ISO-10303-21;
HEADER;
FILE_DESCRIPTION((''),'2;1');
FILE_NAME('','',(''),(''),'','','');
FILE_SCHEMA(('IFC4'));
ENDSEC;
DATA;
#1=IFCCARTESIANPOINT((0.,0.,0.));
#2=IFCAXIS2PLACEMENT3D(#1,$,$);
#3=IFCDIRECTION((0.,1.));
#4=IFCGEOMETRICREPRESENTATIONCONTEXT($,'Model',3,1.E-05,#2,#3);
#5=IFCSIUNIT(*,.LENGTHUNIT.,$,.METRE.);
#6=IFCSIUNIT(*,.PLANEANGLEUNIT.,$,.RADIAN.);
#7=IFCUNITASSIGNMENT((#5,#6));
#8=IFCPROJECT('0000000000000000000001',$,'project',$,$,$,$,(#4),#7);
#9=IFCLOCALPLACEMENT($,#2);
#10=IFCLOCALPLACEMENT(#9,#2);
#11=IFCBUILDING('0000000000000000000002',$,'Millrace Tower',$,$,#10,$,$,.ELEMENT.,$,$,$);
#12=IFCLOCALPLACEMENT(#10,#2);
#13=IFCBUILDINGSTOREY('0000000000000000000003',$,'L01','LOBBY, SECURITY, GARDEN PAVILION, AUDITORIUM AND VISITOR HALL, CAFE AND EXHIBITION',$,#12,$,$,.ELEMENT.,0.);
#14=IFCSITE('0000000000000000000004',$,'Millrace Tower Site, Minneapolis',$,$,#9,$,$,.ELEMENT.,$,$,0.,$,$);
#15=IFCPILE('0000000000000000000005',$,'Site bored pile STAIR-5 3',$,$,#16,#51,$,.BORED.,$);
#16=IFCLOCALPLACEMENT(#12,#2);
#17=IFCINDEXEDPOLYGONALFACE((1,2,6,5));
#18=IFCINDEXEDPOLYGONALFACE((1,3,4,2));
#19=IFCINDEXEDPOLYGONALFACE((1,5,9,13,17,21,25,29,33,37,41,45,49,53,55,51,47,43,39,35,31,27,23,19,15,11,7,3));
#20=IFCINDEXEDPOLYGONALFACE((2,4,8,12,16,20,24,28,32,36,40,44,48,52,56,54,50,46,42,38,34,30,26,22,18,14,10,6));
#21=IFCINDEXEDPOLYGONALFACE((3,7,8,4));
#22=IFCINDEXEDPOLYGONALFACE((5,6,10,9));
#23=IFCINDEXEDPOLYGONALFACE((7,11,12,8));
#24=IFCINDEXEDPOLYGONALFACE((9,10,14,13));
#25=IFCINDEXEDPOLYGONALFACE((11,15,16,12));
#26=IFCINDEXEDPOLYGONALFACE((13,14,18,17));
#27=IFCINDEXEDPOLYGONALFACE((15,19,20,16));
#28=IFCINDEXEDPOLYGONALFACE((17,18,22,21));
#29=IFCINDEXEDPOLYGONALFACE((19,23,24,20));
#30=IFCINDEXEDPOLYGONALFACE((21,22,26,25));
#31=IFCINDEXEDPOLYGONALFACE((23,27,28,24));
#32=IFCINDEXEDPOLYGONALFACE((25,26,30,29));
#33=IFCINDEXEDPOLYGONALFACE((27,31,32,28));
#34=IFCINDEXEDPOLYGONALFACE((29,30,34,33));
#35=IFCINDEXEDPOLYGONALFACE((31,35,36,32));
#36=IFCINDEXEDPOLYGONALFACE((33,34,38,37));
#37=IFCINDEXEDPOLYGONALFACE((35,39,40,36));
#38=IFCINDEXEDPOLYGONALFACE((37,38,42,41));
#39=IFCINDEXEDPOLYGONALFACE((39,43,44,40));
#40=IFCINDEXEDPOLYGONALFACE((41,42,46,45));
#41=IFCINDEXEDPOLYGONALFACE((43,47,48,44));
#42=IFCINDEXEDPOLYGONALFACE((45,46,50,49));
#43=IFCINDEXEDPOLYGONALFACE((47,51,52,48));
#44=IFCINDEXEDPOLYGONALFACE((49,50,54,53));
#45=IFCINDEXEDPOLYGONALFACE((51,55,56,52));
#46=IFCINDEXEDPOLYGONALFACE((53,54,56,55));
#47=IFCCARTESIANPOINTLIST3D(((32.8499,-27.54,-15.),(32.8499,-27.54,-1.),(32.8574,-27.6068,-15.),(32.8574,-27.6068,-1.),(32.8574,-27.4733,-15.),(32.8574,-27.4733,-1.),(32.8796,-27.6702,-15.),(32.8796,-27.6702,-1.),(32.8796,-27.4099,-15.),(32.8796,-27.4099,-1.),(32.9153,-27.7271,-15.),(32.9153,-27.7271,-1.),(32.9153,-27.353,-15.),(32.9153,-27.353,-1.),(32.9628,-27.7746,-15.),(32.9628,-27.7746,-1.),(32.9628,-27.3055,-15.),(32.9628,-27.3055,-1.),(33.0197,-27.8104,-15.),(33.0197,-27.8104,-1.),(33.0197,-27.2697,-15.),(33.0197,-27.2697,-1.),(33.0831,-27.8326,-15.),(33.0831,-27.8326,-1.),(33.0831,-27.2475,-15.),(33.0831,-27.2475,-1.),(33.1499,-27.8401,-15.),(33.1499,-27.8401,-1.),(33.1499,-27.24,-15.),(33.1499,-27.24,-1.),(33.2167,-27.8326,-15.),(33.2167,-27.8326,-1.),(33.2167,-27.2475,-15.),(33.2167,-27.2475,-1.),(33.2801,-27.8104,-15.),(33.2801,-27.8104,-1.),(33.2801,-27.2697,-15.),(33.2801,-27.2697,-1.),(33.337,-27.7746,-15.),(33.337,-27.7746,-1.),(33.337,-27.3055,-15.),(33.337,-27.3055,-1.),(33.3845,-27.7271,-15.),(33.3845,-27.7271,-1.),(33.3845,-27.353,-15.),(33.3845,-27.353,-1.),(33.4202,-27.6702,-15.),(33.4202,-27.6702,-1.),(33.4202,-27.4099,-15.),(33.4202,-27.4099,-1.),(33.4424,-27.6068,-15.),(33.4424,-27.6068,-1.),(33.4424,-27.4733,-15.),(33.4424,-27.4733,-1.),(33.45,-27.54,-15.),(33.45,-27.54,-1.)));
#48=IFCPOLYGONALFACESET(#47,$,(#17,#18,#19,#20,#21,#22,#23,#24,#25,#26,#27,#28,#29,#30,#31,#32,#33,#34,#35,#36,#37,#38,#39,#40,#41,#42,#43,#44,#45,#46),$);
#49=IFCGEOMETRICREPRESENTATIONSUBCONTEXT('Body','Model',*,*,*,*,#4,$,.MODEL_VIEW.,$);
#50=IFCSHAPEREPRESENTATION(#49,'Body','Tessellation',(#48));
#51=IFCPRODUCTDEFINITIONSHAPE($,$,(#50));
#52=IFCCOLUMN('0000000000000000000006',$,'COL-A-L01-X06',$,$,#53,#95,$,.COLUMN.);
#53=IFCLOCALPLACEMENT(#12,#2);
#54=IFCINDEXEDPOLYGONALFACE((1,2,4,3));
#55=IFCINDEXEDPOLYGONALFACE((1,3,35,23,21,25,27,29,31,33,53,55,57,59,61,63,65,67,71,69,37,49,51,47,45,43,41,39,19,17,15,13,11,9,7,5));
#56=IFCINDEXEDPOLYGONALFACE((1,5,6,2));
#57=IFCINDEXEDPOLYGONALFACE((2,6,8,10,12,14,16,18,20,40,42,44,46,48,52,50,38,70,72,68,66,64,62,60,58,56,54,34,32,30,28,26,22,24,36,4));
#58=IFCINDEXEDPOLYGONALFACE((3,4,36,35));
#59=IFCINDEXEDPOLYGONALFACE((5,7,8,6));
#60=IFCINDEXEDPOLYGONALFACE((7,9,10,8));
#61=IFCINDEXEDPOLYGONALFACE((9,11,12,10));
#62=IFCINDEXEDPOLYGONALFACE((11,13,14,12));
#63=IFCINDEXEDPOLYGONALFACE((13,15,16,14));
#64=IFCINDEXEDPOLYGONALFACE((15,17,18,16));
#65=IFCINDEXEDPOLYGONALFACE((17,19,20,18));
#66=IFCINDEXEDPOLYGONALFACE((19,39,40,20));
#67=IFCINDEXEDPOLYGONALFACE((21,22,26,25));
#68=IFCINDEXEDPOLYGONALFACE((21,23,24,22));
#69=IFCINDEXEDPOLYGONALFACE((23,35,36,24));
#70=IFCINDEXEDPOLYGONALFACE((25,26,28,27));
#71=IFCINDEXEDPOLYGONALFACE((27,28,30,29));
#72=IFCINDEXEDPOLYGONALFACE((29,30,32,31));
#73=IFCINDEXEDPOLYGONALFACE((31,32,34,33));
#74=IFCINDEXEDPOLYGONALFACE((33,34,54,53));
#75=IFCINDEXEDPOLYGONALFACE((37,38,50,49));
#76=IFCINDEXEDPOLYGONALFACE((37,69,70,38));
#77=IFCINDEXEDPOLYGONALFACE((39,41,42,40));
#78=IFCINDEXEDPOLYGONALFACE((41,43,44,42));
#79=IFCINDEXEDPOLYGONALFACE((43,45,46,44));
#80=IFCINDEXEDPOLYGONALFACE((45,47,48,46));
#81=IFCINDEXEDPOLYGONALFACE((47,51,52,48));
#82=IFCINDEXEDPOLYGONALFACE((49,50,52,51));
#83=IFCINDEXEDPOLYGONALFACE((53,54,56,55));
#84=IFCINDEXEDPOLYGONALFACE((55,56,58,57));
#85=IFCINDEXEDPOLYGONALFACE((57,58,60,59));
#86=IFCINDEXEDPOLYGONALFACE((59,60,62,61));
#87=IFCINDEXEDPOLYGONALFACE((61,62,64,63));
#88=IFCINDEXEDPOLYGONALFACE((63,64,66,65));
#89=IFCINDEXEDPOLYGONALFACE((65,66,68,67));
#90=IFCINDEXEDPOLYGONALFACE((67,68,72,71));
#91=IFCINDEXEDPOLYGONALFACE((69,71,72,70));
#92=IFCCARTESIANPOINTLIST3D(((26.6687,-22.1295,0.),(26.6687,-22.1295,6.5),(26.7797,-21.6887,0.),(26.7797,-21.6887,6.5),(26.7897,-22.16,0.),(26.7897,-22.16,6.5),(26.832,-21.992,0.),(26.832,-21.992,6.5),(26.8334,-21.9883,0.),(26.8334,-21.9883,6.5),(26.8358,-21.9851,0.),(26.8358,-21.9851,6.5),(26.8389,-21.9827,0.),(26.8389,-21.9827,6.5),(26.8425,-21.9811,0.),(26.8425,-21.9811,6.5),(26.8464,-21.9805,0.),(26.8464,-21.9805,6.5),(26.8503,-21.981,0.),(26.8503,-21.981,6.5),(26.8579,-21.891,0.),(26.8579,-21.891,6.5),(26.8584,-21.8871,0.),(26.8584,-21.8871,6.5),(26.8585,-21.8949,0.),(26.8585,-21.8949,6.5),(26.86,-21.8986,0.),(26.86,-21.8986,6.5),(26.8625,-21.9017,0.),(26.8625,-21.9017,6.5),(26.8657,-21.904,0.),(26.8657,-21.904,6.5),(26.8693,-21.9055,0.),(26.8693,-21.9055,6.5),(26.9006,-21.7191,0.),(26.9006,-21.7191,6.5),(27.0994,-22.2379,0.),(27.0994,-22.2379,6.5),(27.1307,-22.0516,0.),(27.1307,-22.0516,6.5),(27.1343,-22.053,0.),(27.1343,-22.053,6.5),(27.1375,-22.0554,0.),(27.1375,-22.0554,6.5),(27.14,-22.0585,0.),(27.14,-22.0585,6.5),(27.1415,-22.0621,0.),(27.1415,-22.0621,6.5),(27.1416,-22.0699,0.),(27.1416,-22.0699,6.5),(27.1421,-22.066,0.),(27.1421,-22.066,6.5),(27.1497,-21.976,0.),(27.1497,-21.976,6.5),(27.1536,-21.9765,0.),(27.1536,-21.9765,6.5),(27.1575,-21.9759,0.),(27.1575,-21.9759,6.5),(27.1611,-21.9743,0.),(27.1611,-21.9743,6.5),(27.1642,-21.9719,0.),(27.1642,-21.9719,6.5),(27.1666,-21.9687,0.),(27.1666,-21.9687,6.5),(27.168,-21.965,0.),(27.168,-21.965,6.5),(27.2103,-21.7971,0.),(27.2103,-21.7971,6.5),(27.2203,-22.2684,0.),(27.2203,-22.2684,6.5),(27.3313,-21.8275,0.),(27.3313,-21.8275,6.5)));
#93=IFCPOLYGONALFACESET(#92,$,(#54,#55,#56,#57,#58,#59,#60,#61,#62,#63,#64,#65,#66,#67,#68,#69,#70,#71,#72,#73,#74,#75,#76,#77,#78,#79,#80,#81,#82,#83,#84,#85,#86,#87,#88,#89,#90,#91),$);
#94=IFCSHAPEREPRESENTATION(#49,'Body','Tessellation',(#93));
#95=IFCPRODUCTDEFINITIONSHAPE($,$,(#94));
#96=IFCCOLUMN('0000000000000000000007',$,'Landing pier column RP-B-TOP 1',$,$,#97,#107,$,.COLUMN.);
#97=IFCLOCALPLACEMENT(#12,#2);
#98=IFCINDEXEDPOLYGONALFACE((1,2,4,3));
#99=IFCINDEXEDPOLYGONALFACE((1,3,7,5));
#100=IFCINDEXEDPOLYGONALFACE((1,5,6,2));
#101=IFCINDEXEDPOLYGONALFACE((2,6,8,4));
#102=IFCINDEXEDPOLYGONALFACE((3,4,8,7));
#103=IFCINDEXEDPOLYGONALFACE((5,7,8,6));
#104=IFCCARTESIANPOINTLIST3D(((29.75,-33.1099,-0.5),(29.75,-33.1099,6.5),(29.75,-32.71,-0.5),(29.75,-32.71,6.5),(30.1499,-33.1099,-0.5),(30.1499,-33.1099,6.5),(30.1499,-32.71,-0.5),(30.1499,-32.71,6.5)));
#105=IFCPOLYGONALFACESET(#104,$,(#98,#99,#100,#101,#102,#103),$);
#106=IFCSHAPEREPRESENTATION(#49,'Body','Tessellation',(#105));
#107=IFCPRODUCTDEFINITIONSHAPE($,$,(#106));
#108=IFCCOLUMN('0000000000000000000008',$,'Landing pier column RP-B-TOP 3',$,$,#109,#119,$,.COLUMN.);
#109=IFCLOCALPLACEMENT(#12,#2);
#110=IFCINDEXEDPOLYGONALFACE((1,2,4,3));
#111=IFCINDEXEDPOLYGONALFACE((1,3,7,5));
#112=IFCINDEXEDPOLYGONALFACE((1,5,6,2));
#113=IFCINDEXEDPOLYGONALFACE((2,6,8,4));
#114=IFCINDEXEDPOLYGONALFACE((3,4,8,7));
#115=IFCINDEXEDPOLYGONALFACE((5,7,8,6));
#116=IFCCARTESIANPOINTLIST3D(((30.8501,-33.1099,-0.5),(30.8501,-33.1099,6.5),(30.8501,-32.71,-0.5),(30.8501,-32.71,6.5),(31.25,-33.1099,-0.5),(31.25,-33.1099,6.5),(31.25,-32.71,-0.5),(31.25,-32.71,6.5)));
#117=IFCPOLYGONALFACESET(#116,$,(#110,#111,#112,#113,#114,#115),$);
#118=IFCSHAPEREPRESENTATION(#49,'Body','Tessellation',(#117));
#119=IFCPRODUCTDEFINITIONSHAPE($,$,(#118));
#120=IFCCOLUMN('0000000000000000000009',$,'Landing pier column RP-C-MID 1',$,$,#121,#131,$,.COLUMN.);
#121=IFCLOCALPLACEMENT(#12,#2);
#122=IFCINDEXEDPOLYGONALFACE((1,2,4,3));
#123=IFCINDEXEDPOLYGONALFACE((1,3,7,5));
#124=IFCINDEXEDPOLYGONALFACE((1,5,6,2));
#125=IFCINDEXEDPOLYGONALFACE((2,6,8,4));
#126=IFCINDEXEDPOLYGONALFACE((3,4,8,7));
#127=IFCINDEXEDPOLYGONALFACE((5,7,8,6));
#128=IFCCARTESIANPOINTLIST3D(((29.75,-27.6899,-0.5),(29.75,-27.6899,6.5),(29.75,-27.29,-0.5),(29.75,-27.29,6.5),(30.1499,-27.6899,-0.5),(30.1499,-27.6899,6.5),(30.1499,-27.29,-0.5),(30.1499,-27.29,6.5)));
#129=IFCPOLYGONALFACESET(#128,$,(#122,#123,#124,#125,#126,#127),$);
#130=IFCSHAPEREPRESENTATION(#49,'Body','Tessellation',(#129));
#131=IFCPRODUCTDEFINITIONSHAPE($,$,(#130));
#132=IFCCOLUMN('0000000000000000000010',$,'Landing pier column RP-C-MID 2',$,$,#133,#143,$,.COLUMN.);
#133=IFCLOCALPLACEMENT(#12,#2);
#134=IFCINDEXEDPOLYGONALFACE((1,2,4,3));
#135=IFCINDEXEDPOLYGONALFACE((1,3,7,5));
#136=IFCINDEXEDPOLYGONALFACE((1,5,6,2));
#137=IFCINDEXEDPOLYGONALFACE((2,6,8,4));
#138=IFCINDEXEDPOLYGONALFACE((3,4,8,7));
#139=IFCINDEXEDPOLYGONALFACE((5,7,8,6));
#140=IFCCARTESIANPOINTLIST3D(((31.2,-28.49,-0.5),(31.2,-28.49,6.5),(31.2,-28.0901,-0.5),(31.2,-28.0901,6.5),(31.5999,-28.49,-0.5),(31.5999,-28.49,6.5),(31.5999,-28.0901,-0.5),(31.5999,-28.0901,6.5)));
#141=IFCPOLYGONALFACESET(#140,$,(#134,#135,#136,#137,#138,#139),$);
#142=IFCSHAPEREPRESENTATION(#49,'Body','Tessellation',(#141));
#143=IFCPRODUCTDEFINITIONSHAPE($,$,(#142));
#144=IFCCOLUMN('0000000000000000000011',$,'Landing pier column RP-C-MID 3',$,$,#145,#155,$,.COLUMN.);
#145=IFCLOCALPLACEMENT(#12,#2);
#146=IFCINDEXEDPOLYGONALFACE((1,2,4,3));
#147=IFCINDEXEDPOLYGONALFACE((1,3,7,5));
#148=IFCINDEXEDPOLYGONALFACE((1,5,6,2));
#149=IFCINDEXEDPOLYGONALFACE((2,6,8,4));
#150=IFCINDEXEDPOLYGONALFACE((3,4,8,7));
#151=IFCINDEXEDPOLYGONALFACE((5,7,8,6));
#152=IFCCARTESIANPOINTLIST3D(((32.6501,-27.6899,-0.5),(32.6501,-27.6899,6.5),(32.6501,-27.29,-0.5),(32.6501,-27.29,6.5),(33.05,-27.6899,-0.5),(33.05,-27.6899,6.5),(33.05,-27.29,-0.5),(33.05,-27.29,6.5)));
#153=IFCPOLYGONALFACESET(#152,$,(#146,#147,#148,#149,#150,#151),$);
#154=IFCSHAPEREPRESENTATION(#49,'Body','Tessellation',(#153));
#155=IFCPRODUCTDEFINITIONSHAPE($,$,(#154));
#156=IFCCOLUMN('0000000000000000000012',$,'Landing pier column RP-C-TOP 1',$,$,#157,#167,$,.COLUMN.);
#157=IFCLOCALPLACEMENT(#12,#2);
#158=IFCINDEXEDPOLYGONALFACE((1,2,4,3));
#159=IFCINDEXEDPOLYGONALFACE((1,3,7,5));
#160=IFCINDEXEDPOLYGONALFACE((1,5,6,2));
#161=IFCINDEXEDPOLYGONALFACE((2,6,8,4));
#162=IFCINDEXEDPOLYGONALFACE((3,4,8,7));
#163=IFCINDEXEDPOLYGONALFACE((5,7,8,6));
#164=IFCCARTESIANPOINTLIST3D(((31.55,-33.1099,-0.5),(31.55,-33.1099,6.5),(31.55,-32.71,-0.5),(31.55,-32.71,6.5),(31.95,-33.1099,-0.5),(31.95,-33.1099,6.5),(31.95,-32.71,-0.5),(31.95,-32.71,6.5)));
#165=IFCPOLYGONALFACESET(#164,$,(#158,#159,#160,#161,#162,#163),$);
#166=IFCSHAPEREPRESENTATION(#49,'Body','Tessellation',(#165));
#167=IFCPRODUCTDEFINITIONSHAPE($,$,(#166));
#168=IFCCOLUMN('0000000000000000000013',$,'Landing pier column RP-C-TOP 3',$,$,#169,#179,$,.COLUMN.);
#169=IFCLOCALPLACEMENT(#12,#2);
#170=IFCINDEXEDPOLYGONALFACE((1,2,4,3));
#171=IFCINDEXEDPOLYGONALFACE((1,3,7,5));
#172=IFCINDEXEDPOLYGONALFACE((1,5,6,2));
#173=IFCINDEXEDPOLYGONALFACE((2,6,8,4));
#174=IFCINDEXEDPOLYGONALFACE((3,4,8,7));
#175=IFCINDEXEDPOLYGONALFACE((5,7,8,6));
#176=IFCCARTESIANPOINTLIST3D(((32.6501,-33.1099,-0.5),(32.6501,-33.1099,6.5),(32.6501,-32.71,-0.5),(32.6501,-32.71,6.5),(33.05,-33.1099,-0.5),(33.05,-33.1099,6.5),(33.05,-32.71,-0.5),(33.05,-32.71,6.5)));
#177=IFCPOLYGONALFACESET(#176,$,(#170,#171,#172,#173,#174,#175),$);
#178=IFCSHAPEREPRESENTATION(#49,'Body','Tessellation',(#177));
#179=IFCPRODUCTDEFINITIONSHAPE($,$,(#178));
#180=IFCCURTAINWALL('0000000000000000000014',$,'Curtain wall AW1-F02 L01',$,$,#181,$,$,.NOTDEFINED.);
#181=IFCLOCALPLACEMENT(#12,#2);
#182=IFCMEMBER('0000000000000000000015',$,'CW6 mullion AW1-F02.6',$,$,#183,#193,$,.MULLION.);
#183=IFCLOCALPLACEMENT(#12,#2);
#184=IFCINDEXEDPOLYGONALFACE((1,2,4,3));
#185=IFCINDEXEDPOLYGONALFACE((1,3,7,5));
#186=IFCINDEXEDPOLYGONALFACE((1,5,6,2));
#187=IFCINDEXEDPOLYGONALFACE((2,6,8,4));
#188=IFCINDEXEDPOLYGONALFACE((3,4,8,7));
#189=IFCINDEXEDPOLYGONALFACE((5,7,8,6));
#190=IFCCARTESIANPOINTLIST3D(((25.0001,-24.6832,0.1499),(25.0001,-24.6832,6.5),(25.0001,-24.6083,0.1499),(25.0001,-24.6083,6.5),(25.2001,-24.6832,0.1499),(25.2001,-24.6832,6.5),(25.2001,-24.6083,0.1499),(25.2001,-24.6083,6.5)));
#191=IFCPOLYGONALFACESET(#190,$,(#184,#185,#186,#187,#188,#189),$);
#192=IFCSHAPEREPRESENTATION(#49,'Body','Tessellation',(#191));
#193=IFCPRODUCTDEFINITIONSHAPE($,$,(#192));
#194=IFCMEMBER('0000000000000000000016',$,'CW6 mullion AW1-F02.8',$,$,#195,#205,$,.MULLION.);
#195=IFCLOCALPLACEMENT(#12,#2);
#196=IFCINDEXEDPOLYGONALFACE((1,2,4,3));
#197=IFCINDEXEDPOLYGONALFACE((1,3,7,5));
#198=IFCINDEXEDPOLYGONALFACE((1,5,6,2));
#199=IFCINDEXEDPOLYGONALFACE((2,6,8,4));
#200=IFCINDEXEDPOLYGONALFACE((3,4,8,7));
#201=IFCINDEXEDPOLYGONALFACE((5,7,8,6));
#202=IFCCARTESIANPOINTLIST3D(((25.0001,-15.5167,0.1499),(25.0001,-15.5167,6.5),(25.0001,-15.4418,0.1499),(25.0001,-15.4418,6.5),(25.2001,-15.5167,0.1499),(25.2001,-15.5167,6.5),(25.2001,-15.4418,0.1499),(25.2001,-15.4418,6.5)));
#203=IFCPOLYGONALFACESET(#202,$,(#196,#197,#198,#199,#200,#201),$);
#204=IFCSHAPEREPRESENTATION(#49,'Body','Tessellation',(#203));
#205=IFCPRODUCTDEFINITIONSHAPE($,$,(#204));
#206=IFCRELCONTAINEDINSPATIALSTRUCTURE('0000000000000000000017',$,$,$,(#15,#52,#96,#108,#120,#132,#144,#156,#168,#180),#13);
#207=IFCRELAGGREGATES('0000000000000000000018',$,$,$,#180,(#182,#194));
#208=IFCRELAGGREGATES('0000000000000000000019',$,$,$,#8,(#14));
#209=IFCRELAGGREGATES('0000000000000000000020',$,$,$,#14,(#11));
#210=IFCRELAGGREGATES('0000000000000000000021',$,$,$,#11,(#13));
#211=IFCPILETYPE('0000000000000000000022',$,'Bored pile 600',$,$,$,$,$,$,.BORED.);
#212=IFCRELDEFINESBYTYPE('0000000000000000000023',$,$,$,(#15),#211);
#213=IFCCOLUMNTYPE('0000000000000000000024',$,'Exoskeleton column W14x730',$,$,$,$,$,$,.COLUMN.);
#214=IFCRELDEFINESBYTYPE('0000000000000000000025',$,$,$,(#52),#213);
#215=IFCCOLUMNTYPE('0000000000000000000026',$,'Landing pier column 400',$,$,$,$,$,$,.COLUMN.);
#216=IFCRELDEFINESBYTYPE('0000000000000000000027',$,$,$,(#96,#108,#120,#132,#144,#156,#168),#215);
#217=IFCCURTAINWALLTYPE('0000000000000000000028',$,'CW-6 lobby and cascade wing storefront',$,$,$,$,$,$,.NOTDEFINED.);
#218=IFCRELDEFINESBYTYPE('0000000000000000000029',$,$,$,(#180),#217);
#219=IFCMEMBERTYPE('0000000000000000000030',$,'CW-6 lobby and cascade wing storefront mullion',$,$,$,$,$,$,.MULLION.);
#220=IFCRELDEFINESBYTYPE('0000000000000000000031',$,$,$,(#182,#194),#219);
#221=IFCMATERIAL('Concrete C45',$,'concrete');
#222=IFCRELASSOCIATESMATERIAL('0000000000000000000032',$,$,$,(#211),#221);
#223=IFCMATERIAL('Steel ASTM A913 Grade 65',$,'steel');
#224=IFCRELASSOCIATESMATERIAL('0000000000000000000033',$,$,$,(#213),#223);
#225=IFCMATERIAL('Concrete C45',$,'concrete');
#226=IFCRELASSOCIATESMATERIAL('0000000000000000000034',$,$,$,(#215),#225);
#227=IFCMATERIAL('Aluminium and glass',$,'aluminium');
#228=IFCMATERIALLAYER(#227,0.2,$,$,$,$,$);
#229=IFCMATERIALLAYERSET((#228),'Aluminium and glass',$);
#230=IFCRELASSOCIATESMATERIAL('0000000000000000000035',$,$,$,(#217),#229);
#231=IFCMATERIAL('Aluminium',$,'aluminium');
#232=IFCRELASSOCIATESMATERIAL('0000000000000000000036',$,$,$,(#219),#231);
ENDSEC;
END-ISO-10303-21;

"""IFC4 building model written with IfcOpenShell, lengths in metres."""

from ifc_helpers import new_model, si_unit, direction, frame, origin, origin_2d, place, context, subcontext, project, spatial, rectangle, circle, i_section, extrude, material, layer, layer_set, material_profile, profile_set, type_object, element, aggregate, save


model = new_model("IFC4")

# Units and contexts
model_context = context("Model", 3, precision=1e-05, world=origin(), true_north=direction((0.0, 1.0)))
body_context = subcontext(model_context, "Body", "Model", "MODEL_VIEW")
ifc_project = project(units=[si_unit("LENGTHUNIT", "METRE"), si_unit("PLANEANGLEUNIT", "RADIAN")], contexts=[model_context])

# Site, building, storey
site_placement = place(None, origin())
site = spatial("IfcSite", under=ifc_project, at=site_placement, Name="Millrace Tower Site, Minneapolis", CompositionType="ELEMENT", RefElevation=0.0)
building_placement = place(site_placement, origin())
building = spatial("IfcBuilding", under=site, at=building_placement, Name="Millrace Tower", CompositionType="ELEMENT")
storey_placement = place(building_placement, origin())
storey = spatial("IfcBuildingStorey", under=building, at=storey_placement, Name="L01", Description="LOBBY, SECURITY, GARDEN PAVILION, AUDITORIUM AND VISITOR HALL, CAFE AND EXHIBITION", CompositionType="ELEMENT", Elevation=0.0)

# Pile
ifc_material_1 = material(Name="Concrete C45", Category="concrete")
ifc_material_profile_1 = material_profile(ifc_material_1, circle(Radius=0.3, at=origin_2d()))
ifc_profile_set_1 = profile_set([ifc_material_profile_1], Name="Concrete C45")
pile_type = type_object("IfcPileType", Name="Bored pile 600", PredefinedType="BORED", material=ifc_profile_set_1)
for number, where, z_axis, x_axis, name in (
    (1, (33.1499, -27.54, -1.0), (0.0, 0.0, -1.0), (1.0, 0.0, 0.0), "Site bored pile STAIR-5 3"),
):
    element("IfcPile", number, at=place(storey_placement, frame(where, z_axis=z_axis, x_axis=x_axis)), inside=storey, type_object=pile_type, Name=name, PredefinedType="BORED", context=body_context, shape_type="SweptSolid", body=[
        extrude(circle(Radius=0.3, at=origin_2d()), origin(), (0.0, 0.0, 1.0), 14.0),
    ])

# Columns
ifc_material_2 = material(Name="Steel ASTM A913 Grade 65", Category="steel")
ifc_material_profile_2 = material_profile(ifc_material_2, i_section(OverallWidth=0.4546, OverallDepth=0.5688, WebThickness=0.0779, FlangeThickness=0.1248, FilletRadius=0.0151, at=origin_2d()))
ifc_profile_set_2 = profile_set([ifc_material_profile_2], Name="Steel ASTM A913 Grade 65")
column_type_1 = type_object("IfcColumnType", Name="Exoskeleton column W14x730", PredefinedType="COLUMN", material=ifc_profile_set_2)
column_placement = place(storey_placement, frame((27.0, -21.9785, 0.0), z_axis=(0.0, 0.0, 1.0), x_axis=(0.244094, 0.969752, 0.0)))
element("IfcColumn", 2, at=column_placement, inside=storey, type_object=column_type_1, Name="COL-A-L01-X06", PredefinedType="COLUMN", context=body_context, shape_type="SweptSolid", body=[
    extrude(i_section(OverallWidth=0.4546, OverallDepth=0.5688, WebThickness=0.0779, FlangeThickness=0.1248, FilletRadius=0.0151, at=origin_2d()), origin(), (0.0, 0.0, 1.0), 6.5),
])
ifc_material_3 = material(Name="Concrete C45", Category="concrete")
ifc_material_profile_3 = material_profile(ifc_material_3, rectangle(XDim=0.3999, YDim=0.3999, at=origin_2d()))
ifc_profile_set_3 = profile_set([ifc_material_profile_3], Name="Concrete C45")
column_type_2 = type_object("IfcColumnType", Name="Landing pier column 400", PredefinedType="COLUMN", material=ifc_profile_set_3)
for number, where, z_axis, x_axis, name in (
    (3, (29.95, -32.9099, -0.5), (0.0, 0.0, 1.0), (1.0, 0.0, 0.0), "Landing pier column RP-B-TOP 1"),
    (4, (31.05, -32.9099, -0.5), (0.0, 0.0, 1.0), (1.0, 0.0, 0.0), "Landing pier column RP-B-TOP 3"),
    (5, (29.95, -27.49, -0.5), (0.0, 0.0, 1.0), (1.0, 0.0, 0.0), "Landing pier column RP-C-MID 1"),
    (6, (31.3999, -28.29, -0.5), (0.0, 0.0, 1.0), (1.0, 0.0, 0.0), "Landing pier column RP-C-MID 2"),
    (7, (32.8501, -27.49, -0.5), (0.0, 0.0, 1.0), (1.0, 0.0, 0.0), "Landing pier column RP-C-MID 3"),
    (8, (31.75, -32.9099, -0.5), (0.0, 0.0, 1.0), (1.0, 0.0, 0.0), "Landing pier column RP-C-TOP 1"),
    (9, (32.8501, -32.9099, -0.5), (0.0, 0.0, 1.0), (1.0, 0.0, 0.0), "Landing pier column RP-C-TOP 3"),
):
    element("IfcColumn", number, at=place(storey_placement, frame(where, z_axis=z_axis, x_axis=x_axis)), inside=storey, type_object=column_type_2, Name=name, PredefinedType="COLUMN", context=body_context, shape_type="SweptSolid", body=[
        extrude(rectangle(XDim=0.3999, YDim=0.3999, at=origin_2d()), origin(), (0.0, 0.0, 1.0), 7.0),
    ])

# Curtain wall, members
ifc_material_4 = material(Name="Aluminium and glass", Category="aluminium")
ifc_layer_1 = layer(ifc_material_4, 0.2)
ifc_layer_set_1 = layer_set([ifc_layer_1], Name="Aluminium and glass")
curtain_wall_type = type_object("IfcCurtainWallType", Name="CW-6 lobby and cascade wing storefront", PredefinedType="NOTDEFINED", material=ifc_layer_set_1)
curtain_wall_placement = place(storey_placement, origin())
curtain_wall = element("IfcCurtainWall", 10, at=curtain_wall_placement, inside=storey, type_object=curtain_wall_type, Name="Curtain wall AW1-F02 L01", PredefinedType="NOTDEFINED")
ifc_material_5 = material(Name="Aluminium", Category="aluminium")
ifc_material_profile_4 = material_profile(ifc_material_5, rectangle(XDim=0.075, YDim=0.2, at=origin_2d()))
ifc_profile_set_4 = profile_set([ifc_material_profile_4], Name="Aluminium")
member_type_1 = type_object("IfcMemberType", Name="CW-6 lobby and cascade wing storefront mullion", PredefinedType="MULLION", material=ifc_profile_set_4)
member_1_placement = place(storey_placement, frame((25.1001, -24.6458, 0.1499), z_axis=(0.0, 0.0, 1.0), x_axis=(0.0, 1.0, 0.0)))
member_1 = element("IfcMember", 11, at=member_1_placement, type_object=member_type_1, Name="CW6 mullion AW1-F02.6", PredefinedType="MULLION", context=body_context, shape_type="SweptSolid", body=[
    extrude(rectangle(XDim=0.075, YDim=0.2, at=origin_2d()), origin(), (0.0, 0.0, 1.0), 6.3501),
])
member_2_placement = place(storey_placement, frame((25.1001, -15.4792, 0.1499), z_axis=(0.0, 0.0, 1.0), x_axis=(0.0, 1.0, 0.0)))
member_2 = element("IfcMember", 12, at=member_2_placement, type_object=member_type_1, Name="CW6 mullion AW1-F02.8", PredefinedType="MULLION", context=body_context, shape_type="SweptSolid", body=[
    extrude(rectangle(XDim=0.075, YDim=0.2, at=origin_2d()), origin(), (0.0, 0.0, 1.0), 6.3501),
])
aggregate(curtain_wall, [member_1, member_2])

save(model, "model.ifc")
